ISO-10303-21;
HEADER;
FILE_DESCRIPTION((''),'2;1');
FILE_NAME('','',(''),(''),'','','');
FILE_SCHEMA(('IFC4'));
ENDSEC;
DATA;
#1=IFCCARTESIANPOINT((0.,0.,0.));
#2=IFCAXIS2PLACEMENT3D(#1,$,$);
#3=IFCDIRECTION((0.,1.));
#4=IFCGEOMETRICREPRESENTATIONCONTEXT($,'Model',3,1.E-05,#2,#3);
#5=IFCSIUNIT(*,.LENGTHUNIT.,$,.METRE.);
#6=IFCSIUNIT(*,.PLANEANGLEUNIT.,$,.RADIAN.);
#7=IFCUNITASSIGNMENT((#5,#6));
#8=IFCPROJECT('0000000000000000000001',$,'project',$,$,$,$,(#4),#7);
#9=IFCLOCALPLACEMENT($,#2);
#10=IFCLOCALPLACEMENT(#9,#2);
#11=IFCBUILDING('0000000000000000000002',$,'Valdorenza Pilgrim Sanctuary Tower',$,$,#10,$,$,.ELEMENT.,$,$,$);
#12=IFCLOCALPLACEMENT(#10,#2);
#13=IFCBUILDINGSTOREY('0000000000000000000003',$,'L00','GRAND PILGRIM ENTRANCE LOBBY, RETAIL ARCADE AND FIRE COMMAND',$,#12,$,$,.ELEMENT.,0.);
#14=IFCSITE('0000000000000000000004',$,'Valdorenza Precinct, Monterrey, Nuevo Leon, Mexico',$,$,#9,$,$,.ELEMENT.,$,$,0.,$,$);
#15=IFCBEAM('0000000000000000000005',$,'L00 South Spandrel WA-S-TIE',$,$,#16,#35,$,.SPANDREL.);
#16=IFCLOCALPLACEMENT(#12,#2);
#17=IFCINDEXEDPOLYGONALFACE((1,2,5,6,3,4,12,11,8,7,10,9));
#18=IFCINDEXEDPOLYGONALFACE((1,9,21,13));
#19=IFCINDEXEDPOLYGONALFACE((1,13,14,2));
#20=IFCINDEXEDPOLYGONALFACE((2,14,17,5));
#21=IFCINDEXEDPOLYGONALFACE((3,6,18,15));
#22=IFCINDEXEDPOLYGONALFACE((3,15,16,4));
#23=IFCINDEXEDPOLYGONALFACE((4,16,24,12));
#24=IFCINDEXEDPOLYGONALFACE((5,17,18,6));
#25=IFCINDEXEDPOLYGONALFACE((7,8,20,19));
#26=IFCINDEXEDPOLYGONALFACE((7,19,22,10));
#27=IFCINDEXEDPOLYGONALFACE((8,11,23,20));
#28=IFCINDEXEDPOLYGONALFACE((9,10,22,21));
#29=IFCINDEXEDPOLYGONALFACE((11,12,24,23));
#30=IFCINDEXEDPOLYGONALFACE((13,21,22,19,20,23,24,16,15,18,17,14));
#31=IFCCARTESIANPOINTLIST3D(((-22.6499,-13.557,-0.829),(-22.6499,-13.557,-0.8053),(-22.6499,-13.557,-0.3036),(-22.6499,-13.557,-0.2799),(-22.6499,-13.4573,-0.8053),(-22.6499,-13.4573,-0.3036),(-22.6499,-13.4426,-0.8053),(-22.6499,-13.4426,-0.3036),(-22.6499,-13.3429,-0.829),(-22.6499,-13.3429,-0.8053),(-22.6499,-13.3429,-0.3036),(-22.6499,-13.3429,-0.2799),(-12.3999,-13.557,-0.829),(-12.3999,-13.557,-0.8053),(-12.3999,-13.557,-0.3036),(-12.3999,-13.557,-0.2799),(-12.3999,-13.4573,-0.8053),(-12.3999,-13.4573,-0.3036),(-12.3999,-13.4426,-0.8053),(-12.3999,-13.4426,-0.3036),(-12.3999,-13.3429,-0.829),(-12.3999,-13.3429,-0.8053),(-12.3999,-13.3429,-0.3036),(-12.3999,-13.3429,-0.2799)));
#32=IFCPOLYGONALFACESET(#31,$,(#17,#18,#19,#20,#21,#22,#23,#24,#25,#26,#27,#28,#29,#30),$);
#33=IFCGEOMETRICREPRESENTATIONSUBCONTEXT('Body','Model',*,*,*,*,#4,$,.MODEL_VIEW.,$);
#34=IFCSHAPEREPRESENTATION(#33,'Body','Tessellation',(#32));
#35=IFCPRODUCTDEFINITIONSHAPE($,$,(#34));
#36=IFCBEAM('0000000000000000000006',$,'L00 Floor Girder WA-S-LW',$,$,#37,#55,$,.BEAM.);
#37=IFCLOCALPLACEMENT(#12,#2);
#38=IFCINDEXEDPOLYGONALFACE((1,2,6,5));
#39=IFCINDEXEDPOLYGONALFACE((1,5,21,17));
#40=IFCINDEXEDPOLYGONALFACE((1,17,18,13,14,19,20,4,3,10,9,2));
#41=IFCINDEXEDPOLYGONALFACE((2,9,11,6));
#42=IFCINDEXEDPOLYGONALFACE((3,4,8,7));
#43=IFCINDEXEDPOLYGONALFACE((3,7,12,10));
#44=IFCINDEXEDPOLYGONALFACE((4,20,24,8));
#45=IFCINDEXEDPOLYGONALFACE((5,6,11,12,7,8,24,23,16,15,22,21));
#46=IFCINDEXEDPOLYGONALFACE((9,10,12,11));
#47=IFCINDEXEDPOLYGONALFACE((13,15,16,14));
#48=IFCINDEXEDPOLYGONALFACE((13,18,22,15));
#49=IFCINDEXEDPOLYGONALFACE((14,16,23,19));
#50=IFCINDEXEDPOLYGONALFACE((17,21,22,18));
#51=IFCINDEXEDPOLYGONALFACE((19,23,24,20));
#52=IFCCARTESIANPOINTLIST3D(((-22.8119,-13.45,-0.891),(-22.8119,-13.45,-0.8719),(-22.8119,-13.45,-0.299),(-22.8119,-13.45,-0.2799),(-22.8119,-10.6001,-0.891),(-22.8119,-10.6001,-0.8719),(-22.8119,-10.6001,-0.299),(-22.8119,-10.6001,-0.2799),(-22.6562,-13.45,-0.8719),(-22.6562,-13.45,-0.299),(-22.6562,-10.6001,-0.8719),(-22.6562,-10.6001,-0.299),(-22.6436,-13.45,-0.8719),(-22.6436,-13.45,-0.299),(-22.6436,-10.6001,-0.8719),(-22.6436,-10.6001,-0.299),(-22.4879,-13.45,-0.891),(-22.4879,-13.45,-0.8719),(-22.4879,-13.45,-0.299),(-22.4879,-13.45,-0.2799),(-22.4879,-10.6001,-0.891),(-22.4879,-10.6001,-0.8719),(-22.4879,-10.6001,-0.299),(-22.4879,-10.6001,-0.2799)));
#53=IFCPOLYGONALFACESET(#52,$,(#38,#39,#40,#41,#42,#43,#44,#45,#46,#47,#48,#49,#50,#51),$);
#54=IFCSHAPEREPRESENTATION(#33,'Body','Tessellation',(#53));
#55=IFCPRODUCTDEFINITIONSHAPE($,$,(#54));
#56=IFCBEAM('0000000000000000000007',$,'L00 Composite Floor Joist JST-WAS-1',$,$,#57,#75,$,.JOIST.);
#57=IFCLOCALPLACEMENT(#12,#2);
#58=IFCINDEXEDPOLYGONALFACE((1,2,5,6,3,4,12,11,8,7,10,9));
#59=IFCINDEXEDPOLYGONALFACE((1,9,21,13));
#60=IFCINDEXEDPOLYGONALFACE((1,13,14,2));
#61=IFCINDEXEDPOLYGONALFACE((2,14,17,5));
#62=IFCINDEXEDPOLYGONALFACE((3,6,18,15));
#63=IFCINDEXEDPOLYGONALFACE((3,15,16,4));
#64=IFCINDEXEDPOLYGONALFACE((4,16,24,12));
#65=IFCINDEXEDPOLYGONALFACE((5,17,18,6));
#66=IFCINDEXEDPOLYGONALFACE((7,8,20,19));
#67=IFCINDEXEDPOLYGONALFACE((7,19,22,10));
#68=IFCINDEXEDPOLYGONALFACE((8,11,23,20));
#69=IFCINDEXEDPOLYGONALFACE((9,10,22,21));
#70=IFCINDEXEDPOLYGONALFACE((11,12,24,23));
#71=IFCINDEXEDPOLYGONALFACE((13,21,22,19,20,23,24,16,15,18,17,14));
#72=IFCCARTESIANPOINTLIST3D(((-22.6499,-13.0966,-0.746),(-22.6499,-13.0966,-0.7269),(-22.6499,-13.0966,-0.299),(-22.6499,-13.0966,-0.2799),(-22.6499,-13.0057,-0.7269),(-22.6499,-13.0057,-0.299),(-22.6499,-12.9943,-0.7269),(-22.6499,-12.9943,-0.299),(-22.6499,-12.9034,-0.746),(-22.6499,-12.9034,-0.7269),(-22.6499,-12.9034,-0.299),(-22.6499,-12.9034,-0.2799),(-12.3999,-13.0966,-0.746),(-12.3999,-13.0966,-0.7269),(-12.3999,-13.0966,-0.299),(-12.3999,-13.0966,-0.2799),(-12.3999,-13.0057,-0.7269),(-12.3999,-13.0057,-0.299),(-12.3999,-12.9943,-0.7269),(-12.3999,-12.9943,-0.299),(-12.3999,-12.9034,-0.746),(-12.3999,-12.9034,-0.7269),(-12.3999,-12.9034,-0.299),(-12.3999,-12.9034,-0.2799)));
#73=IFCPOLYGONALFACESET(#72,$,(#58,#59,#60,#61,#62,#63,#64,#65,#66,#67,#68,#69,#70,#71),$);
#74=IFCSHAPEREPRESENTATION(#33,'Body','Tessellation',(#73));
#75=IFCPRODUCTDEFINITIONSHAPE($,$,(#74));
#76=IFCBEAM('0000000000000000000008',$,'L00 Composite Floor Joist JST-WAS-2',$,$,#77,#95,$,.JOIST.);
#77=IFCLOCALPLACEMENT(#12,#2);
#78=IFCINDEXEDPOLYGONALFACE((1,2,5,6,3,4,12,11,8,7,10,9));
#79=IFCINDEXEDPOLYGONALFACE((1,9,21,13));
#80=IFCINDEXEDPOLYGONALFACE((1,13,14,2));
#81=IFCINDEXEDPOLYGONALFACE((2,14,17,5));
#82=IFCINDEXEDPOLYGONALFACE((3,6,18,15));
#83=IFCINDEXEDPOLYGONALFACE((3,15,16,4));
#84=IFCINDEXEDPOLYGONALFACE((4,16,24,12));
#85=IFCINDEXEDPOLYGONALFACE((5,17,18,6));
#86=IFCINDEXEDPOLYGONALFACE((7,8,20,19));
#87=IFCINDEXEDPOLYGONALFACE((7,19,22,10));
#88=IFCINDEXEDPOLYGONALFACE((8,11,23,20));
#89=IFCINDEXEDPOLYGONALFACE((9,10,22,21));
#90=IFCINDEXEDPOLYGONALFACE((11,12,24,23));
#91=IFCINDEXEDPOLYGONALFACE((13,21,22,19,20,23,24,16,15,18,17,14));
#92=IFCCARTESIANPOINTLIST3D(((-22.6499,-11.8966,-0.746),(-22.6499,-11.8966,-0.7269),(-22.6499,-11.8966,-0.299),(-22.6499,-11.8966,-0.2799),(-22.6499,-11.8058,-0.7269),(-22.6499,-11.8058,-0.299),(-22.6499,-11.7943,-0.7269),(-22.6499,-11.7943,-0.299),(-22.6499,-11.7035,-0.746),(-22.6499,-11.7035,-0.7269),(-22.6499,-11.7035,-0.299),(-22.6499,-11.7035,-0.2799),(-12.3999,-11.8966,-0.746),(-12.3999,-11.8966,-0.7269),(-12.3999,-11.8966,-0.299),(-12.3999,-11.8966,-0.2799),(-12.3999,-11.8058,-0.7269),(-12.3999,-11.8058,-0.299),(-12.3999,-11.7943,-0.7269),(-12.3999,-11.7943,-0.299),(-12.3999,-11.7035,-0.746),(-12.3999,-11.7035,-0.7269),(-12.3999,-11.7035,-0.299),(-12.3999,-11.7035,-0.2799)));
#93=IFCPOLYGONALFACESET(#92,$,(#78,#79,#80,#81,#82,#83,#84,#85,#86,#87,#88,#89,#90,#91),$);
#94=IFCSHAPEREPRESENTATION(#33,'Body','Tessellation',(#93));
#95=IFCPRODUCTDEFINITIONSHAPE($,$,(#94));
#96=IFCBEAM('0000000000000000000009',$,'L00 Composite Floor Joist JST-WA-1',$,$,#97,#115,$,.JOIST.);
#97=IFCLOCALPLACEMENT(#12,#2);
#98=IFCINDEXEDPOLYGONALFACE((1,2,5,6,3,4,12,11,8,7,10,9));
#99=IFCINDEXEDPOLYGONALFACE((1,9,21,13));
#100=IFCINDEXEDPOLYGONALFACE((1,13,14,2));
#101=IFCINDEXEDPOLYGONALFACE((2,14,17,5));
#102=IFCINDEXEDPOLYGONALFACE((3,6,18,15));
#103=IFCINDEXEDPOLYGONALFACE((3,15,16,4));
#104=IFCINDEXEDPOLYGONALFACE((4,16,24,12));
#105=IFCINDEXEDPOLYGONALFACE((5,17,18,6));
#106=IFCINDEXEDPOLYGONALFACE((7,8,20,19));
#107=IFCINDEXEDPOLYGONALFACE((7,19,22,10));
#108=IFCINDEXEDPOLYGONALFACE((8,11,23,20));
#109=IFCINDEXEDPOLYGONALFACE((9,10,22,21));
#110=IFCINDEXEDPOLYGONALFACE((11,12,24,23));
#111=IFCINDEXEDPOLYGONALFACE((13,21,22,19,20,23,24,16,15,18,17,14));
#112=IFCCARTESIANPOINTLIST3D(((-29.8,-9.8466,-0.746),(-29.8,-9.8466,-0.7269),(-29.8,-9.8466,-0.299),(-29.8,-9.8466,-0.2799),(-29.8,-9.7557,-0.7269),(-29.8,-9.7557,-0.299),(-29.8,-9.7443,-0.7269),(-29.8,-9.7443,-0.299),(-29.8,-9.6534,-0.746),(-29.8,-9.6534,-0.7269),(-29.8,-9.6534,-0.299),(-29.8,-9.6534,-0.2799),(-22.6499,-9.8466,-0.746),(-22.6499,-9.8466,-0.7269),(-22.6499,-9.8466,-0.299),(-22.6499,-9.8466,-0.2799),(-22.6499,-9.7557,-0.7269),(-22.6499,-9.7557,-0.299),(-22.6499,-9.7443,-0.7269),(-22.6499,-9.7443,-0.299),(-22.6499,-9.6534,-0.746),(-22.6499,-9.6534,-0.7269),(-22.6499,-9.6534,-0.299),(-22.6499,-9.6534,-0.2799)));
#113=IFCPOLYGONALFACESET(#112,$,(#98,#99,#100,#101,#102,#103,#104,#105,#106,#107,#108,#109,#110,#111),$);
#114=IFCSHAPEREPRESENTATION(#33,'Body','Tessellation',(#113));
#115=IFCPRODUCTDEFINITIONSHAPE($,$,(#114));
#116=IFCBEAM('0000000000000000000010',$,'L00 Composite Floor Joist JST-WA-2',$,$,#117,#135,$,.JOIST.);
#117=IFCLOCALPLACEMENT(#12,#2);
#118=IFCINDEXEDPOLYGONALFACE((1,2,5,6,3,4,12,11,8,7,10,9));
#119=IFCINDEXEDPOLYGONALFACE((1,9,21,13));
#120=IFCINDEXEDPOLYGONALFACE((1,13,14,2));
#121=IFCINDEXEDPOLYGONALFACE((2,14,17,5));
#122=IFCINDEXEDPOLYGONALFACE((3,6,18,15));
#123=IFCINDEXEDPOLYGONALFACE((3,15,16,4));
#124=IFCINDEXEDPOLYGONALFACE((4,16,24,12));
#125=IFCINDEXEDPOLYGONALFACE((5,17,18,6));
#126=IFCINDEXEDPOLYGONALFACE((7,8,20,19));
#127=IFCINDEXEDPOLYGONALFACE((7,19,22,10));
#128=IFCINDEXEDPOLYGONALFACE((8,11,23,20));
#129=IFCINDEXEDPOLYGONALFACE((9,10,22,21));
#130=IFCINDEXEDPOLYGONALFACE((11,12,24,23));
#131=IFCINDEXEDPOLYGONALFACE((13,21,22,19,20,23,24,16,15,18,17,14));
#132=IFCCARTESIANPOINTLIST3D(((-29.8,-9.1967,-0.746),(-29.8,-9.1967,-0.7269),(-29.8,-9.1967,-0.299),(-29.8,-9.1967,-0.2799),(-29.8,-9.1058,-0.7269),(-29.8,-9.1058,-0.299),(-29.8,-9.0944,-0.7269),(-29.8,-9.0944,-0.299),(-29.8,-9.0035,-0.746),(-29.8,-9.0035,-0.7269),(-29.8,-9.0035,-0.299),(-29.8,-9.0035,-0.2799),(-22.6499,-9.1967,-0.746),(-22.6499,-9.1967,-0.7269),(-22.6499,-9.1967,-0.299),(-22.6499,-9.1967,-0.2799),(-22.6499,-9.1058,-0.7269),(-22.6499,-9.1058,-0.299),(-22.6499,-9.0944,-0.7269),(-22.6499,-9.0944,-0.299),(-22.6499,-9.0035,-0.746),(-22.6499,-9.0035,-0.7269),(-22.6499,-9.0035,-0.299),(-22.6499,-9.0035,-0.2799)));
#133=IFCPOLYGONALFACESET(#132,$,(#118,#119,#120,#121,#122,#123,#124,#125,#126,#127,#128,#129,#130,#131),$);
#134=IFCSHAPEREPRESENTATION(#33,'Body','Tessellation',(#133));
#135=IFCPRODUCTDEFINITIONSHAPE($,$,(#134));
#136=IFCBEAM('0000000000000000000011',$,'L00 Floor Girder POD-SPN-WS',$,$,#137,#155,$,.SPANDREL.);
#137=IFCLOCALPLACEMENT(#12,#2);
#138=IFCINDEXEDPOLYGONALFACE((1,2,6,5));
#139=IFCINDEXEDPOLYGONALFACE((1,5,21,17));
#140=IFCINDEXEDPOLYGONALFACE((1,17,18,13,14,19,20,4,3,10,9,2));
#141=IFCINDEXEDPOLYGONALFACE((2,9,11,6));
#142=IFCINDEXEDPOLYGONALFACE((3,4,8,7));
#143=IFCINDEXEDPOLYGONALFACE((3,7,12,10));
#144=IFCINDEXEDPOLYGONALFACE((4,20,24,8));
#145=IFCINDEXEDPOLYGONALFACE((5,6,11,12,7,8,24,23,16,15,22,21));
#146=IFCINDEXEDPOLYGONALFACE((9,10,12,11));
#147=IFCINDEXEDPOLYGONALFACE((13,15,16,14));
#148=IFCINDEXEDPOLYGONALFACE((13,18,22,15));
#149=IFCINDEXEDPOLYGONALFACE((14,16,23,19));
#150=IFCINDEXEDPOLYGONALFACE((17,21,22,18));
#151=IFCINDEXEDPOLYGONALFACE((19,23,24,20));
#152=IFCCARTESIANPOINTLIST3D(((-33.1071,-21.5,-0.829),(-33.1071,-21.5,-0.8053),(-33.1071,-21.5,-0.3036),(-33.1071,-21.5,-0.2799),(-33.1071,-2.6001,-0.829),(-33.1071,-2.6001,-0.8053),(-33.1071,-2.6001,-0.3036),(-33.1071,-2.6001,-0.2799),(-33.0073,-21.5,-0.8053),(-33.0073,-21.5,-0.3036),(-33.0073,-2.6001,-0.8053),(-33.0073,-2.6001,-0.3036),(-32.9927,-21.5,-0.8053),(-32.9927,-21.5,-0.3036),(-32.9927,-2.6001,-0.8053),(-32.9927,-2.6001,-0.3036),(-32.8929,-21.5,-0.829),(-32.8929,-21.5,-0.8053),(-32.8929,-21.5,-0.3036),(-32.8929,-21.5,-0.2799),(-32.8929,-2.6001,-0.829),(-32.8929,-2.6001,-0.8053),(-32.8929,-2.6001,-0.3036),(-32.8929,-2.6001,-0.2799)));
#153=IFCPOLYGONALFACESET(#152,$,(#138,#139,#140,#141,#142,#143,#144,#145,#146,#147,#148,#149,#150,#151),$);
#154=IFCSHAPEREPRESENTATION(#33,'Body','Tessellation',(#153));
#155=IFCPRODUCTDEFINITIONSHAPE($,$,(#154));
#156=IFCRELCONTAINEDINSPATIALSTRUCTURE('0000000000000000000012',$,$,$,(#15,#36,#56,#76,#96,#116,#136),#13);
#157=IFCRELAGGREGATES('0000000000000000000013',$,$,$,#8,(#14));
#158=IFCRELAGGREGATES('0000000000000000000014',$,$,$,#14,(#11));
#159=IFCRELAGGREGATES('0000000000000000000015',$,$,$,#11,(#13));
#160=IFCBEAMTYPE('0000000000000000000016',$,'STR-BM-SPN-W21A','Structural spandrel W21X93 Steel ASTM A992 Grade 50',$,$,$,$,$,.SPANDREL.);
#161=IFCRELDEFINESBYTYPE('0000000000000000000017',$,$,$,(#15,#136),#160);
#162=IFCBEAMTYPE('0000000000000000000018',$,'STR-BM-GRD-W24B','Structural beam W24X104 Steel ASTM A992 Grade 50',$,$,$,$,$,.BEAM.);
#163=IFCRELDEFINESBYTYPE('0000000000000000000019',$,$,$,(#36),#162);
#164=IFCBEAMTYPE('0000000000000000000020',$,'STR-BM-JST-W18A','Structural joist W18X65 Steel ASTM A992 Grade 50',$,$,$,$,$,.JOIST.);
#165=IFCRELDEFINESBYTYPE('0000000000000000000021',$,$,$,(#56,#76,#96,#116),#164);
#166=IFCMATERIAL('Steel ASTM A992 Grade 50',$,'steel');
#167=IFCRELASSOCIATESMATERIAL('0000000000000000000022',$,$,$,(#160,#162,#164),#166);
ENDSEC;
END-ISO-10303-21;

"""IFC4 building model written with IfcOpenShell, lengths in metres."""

from ifc_helpers import new_model, si_unit, direction, frame, origin, origin_2d, place, context, subcontext, project, spatial, i_section, extrude, source, transform, mapped, material, material_profile, profile_set, type_object, element, save


model = new_model("IFC4")

# Units and contexts
model_context = context("Model", 3, precision=1e-05, world=origin(), true_north=direction((0.0, 1.0)))
body_context = subcontext(model_context, "Body", "Model", "MODEL_VIEW")
ifc_project = project(units=[si_unit("LENGTHUNIT", "METRE"), si_unit("PLANEANGLEUNIT", "RADIAN")], contexts=[model_context])

# Site, building, storey
site_placement = place(None, origin())
site = spatial("IfcSite", under=ifc_project, at=site_placement, Name="Valdorenza Precinct, Monterrey, Nuevo Leon, Mexico", CompositionType="ELEMENT", RefElevation=0.0)
building_placement = place(site_placement, origin())
building = spatial("IfcBuilding", under=site, at=building_placement, Name="Valdorenza Pilgrim Sanctuary Tower", CompositionType="ELEMENT")
storey_placement = place(building_placement, origin())
storey = spatial("IfcBuildingStorey", under=building, at=storey_placement, Name="L00", Description="GRAND PILGRIM ENTRANCE LOBBY, RETAIL ARCADE AND FIRE COMMAND", CompositionType="ELEMENT", Elevation=0.0)

# Shared definitions
ifc_material_1 = material(Name="Steel ASTM A992 Grade 50", Category="steel")

# Beams
ifc_material_profile_1 = material_profile(ifc_material_1, i_section(OverallWidth=0.2141, OverallDepth=0.5491, WebThickness=0.0146, FlangeThickness=0.0237, at=origin_2d()), Name="W21X93")
ifc_profile_set_1 = profile_set([ifc_material_profile_1], Name="Steel ASTM A992 Grade 50")
beam_type_1 = type_object("IfcBeamType", Name="STR-BM-SPN-W21A", Description="Structural spandrel W21X93 Steel ASTM A992 Grade 50", PredefinedType="SPANDREL", material=ifc_profile_set_1)
ifc_material_profile_2 = material_profile(ifc_material_1, i_section(OverallWidth=0.324, OverallDepth=0.6111, WebThickness=0.0127, FlangeThickness=0.019, at=origin_2d()), Name="W24X104")
ifc_profile_set_2 = profile_set([ifc_material_profile_2], Name="Steel ASTM A992 Grade 50")
beam_type_2 = type_object("IfcBeamType", Name="STR-BM-GRD-W24B", Description="Structural beam W24X104 Steel ASTM A992 Grade 50", PredefinedType="BEAM", material=ifc_profile_set_2)
shared_shape_1 = source(origin(), body_context, "Body", "SweptSolid", [
    extrude(i_section(OverallWidth=0.2141, OverallDepth=0.5491, WebThickness=0.0146, FlangeThickness=0.0237, at=origin_2d()), origin(), (0.0, 0.0, 1.0), 10.25),
])
beam_1_placement = place(storey_placement, frame((-22.6499, -13.45, -0.5544), z_axis=(1.0, 0.0, 0.0), x_axis=(0.0, 1.0, 0.0)))
element("IfcBeam", 1, at=beam_1_placement, inside=storey, type_object=beam_type_1, Name="L00 South Spandrel WA-S-TIE", PredefinedType="SPANDREL", context=body_context, shape_type="MappedRepresentation", body=[
    mapped(shared_shape_1, transform((0.0, 0.0, 0.0), x_axis=(1.0, 0.0, 0.0), y_axis=(0.0, 1.0, 0.0), z_axis=(0.0, 0.0, 1.0), scale=1.0)),
])
shared_shape_2 = source(origin(), body_context, "Body", "SweptSolid", [
    extrude(i_section(OverallWidth=0.324, OverallDepth=0.6111, WebThickness=0.0127, FlangeThickness=0.019, at=origin_2d()), origin(), (0.0, 0.0, 1.0), 2.8499),
])
beam_2_placement = place(storey_placement, frame((-22.6499, -13.45, -0.5854), z_axis=(0.0, 1.0, 0.0), x_axis=(-1.0, 0.0, 0.0)))
element("IfcBeam", 2, at=beam_2_placement, inside=storey, type_object=beam_type_2, Name="L00 Floor Girder WA-S-LW", PredefinedType="BEAM", context=body_context, shape_type="MappedRepresentation", body=[
    mapped(shared_shape_2, transform((0.0, 0.0, 0.0), x_axis=(1.0, 0.0, 0.0), y_axis=(0.0, 1.0, 0.0), z_axis=(0.0, 0.0, 1.0), scale=1.0)),
])
ifc_material_profile_3 = material_profile(ifc_material_1, i_section(OverallWidth=0.1931, OverallDepth=0.4661, WebThickness=0.0115, FlangeThickness=0.019, at=origin_2d()), Name="W18X65")
ifc_profile_set_3 = profile_set([ifc_material_profile_3], Name="Steel ASTM A992 Grade 50")
beam_type_3 = type_object("IfcBeamType", Name="STR-BM-JST-W18A", Description="Structural joist W18X65 Steel ASTM A992 Grade 50", PredefinedType="JOIST", material=ifc_profile_set_3)
shared_shape_3 = source(origin(), body_context, "Body", "SweptSolid", [
    extrude(i_section(OverallWidth=0.1931, OverallDepth=0.4661, WebThickness=0.0115, FlangeThickness=0.019, at=origin_2d()), origin(), (0.0, 0.0, 1.0), 10.25),
])
for number, where, z_axis, x_axis, name in (
    (3, (-22.6499, -13.0, -0.5129), (1.0, 0.0, 0.0), (0.0, 1.0, 0.0), "L00 Composite Floor Joist JST-WAS-1"),
    (4, (-22.6499, -11.8, -0.5129), (1.0, 0.0, 0.0), (0.0, 1.0, 0.0), "L00 Composite Floor Joist JST-WAS-2"),
):
    element("IfcBeam", number, at=place(storey_placement, frame(where, z_axis=z_axis, x_axis=x_axis)), inside=storey, type_object=beam_type_3, Name=name, PredefinedType="JOIST", context=body_context, shape_type="MappedRepresentation", body=[
        mapped(shared_shape_3, transform((0.0, 0.0, 0.0), x_axis=(1.0, 0.0, 0.0), y_axis=(0.0, 1.0, 0.0), z_axis=(0.0, 0.0, 1.0), scale=1.0)),
    ])
shared_shape_4 = source(origin(), body_context, "Body", "SweptSolid", [
    extrude(i_section(OverallWidth=0.1931, OverallDepth=0.4661, WebThickness=0.0115, FlangeThickness=0.019, at=origin_2d()), origin(), (0.0, 0.0, 1.0), 7.1501),
])
for number, where, z_axis, x_axis, name in (
    (5, (-29.8, -9.75, -0.5129), (1.0, 0.0, 0.0), (0.0, 1.0, 0.0), "L00 Composite Floor Joist JST-WA-1"),
    (6, (-29.8, -9.1001, -0.5129), (1.0, 0.0, 0.0), (0.0, 1.0, 0.0), "L00 Composite Floor Joist JST-WA-2"),
):
    element("IfcBeam", number, at=place(storey_placement, frame(where, z_axis=z_axis, x_axis=x_axis)), inside=storey, type_object=beam_type_3, Name=name, PredefinedType="JOIST", context=body_context, shape_type="MappedRepresentation", body=[
        mapped(shared_shape_4, transform((0.0, 0.0, 0.0), x_axis=(1.0, 0.0, 0.0), y_axis=(0.0, 1.0, 0.0), z_axis=(0.0, 0.0, 1.0), scale=1.0)),
    ])
shared_shape_5 = source(origin(), body_context, "Body", "SweptSolid", [
    extrude(i_section(OverallWidth=0.2141, OverallDepth=0.5491, WebThickness=0.0146, FlangeThickness=0.0237, at=origin_2d()), origin(), (0.0, 0.0, 1.0), 18.8999),
])
beam_3_placement = place(storey_placement, frame((-33.0, -21.5, -0.5544), z_axis=(0.0, 1.0, 0.0), x_axis=(-1.0, 0.0, 0.0)))
element("IfcBeam", 7, at=beam_3_placement, inside=storey, type_object=beam_type_1, Name="L00 Floor Girder POD-SPN-WS", PredefinedType="SPANDREL", context=body_context, shape_type="MappedRepresentation", body=[
    mapped(shared_shape_5, transform((0.0, 0.0, 0.0), x_axis=(1.0, 0.0, 0.0), y_axis=(0.0, 1.0, 0.0), z_axis=(0.0, 0.0, 1.0), scale=1.0)),
])

save(model, "model.ifc")
